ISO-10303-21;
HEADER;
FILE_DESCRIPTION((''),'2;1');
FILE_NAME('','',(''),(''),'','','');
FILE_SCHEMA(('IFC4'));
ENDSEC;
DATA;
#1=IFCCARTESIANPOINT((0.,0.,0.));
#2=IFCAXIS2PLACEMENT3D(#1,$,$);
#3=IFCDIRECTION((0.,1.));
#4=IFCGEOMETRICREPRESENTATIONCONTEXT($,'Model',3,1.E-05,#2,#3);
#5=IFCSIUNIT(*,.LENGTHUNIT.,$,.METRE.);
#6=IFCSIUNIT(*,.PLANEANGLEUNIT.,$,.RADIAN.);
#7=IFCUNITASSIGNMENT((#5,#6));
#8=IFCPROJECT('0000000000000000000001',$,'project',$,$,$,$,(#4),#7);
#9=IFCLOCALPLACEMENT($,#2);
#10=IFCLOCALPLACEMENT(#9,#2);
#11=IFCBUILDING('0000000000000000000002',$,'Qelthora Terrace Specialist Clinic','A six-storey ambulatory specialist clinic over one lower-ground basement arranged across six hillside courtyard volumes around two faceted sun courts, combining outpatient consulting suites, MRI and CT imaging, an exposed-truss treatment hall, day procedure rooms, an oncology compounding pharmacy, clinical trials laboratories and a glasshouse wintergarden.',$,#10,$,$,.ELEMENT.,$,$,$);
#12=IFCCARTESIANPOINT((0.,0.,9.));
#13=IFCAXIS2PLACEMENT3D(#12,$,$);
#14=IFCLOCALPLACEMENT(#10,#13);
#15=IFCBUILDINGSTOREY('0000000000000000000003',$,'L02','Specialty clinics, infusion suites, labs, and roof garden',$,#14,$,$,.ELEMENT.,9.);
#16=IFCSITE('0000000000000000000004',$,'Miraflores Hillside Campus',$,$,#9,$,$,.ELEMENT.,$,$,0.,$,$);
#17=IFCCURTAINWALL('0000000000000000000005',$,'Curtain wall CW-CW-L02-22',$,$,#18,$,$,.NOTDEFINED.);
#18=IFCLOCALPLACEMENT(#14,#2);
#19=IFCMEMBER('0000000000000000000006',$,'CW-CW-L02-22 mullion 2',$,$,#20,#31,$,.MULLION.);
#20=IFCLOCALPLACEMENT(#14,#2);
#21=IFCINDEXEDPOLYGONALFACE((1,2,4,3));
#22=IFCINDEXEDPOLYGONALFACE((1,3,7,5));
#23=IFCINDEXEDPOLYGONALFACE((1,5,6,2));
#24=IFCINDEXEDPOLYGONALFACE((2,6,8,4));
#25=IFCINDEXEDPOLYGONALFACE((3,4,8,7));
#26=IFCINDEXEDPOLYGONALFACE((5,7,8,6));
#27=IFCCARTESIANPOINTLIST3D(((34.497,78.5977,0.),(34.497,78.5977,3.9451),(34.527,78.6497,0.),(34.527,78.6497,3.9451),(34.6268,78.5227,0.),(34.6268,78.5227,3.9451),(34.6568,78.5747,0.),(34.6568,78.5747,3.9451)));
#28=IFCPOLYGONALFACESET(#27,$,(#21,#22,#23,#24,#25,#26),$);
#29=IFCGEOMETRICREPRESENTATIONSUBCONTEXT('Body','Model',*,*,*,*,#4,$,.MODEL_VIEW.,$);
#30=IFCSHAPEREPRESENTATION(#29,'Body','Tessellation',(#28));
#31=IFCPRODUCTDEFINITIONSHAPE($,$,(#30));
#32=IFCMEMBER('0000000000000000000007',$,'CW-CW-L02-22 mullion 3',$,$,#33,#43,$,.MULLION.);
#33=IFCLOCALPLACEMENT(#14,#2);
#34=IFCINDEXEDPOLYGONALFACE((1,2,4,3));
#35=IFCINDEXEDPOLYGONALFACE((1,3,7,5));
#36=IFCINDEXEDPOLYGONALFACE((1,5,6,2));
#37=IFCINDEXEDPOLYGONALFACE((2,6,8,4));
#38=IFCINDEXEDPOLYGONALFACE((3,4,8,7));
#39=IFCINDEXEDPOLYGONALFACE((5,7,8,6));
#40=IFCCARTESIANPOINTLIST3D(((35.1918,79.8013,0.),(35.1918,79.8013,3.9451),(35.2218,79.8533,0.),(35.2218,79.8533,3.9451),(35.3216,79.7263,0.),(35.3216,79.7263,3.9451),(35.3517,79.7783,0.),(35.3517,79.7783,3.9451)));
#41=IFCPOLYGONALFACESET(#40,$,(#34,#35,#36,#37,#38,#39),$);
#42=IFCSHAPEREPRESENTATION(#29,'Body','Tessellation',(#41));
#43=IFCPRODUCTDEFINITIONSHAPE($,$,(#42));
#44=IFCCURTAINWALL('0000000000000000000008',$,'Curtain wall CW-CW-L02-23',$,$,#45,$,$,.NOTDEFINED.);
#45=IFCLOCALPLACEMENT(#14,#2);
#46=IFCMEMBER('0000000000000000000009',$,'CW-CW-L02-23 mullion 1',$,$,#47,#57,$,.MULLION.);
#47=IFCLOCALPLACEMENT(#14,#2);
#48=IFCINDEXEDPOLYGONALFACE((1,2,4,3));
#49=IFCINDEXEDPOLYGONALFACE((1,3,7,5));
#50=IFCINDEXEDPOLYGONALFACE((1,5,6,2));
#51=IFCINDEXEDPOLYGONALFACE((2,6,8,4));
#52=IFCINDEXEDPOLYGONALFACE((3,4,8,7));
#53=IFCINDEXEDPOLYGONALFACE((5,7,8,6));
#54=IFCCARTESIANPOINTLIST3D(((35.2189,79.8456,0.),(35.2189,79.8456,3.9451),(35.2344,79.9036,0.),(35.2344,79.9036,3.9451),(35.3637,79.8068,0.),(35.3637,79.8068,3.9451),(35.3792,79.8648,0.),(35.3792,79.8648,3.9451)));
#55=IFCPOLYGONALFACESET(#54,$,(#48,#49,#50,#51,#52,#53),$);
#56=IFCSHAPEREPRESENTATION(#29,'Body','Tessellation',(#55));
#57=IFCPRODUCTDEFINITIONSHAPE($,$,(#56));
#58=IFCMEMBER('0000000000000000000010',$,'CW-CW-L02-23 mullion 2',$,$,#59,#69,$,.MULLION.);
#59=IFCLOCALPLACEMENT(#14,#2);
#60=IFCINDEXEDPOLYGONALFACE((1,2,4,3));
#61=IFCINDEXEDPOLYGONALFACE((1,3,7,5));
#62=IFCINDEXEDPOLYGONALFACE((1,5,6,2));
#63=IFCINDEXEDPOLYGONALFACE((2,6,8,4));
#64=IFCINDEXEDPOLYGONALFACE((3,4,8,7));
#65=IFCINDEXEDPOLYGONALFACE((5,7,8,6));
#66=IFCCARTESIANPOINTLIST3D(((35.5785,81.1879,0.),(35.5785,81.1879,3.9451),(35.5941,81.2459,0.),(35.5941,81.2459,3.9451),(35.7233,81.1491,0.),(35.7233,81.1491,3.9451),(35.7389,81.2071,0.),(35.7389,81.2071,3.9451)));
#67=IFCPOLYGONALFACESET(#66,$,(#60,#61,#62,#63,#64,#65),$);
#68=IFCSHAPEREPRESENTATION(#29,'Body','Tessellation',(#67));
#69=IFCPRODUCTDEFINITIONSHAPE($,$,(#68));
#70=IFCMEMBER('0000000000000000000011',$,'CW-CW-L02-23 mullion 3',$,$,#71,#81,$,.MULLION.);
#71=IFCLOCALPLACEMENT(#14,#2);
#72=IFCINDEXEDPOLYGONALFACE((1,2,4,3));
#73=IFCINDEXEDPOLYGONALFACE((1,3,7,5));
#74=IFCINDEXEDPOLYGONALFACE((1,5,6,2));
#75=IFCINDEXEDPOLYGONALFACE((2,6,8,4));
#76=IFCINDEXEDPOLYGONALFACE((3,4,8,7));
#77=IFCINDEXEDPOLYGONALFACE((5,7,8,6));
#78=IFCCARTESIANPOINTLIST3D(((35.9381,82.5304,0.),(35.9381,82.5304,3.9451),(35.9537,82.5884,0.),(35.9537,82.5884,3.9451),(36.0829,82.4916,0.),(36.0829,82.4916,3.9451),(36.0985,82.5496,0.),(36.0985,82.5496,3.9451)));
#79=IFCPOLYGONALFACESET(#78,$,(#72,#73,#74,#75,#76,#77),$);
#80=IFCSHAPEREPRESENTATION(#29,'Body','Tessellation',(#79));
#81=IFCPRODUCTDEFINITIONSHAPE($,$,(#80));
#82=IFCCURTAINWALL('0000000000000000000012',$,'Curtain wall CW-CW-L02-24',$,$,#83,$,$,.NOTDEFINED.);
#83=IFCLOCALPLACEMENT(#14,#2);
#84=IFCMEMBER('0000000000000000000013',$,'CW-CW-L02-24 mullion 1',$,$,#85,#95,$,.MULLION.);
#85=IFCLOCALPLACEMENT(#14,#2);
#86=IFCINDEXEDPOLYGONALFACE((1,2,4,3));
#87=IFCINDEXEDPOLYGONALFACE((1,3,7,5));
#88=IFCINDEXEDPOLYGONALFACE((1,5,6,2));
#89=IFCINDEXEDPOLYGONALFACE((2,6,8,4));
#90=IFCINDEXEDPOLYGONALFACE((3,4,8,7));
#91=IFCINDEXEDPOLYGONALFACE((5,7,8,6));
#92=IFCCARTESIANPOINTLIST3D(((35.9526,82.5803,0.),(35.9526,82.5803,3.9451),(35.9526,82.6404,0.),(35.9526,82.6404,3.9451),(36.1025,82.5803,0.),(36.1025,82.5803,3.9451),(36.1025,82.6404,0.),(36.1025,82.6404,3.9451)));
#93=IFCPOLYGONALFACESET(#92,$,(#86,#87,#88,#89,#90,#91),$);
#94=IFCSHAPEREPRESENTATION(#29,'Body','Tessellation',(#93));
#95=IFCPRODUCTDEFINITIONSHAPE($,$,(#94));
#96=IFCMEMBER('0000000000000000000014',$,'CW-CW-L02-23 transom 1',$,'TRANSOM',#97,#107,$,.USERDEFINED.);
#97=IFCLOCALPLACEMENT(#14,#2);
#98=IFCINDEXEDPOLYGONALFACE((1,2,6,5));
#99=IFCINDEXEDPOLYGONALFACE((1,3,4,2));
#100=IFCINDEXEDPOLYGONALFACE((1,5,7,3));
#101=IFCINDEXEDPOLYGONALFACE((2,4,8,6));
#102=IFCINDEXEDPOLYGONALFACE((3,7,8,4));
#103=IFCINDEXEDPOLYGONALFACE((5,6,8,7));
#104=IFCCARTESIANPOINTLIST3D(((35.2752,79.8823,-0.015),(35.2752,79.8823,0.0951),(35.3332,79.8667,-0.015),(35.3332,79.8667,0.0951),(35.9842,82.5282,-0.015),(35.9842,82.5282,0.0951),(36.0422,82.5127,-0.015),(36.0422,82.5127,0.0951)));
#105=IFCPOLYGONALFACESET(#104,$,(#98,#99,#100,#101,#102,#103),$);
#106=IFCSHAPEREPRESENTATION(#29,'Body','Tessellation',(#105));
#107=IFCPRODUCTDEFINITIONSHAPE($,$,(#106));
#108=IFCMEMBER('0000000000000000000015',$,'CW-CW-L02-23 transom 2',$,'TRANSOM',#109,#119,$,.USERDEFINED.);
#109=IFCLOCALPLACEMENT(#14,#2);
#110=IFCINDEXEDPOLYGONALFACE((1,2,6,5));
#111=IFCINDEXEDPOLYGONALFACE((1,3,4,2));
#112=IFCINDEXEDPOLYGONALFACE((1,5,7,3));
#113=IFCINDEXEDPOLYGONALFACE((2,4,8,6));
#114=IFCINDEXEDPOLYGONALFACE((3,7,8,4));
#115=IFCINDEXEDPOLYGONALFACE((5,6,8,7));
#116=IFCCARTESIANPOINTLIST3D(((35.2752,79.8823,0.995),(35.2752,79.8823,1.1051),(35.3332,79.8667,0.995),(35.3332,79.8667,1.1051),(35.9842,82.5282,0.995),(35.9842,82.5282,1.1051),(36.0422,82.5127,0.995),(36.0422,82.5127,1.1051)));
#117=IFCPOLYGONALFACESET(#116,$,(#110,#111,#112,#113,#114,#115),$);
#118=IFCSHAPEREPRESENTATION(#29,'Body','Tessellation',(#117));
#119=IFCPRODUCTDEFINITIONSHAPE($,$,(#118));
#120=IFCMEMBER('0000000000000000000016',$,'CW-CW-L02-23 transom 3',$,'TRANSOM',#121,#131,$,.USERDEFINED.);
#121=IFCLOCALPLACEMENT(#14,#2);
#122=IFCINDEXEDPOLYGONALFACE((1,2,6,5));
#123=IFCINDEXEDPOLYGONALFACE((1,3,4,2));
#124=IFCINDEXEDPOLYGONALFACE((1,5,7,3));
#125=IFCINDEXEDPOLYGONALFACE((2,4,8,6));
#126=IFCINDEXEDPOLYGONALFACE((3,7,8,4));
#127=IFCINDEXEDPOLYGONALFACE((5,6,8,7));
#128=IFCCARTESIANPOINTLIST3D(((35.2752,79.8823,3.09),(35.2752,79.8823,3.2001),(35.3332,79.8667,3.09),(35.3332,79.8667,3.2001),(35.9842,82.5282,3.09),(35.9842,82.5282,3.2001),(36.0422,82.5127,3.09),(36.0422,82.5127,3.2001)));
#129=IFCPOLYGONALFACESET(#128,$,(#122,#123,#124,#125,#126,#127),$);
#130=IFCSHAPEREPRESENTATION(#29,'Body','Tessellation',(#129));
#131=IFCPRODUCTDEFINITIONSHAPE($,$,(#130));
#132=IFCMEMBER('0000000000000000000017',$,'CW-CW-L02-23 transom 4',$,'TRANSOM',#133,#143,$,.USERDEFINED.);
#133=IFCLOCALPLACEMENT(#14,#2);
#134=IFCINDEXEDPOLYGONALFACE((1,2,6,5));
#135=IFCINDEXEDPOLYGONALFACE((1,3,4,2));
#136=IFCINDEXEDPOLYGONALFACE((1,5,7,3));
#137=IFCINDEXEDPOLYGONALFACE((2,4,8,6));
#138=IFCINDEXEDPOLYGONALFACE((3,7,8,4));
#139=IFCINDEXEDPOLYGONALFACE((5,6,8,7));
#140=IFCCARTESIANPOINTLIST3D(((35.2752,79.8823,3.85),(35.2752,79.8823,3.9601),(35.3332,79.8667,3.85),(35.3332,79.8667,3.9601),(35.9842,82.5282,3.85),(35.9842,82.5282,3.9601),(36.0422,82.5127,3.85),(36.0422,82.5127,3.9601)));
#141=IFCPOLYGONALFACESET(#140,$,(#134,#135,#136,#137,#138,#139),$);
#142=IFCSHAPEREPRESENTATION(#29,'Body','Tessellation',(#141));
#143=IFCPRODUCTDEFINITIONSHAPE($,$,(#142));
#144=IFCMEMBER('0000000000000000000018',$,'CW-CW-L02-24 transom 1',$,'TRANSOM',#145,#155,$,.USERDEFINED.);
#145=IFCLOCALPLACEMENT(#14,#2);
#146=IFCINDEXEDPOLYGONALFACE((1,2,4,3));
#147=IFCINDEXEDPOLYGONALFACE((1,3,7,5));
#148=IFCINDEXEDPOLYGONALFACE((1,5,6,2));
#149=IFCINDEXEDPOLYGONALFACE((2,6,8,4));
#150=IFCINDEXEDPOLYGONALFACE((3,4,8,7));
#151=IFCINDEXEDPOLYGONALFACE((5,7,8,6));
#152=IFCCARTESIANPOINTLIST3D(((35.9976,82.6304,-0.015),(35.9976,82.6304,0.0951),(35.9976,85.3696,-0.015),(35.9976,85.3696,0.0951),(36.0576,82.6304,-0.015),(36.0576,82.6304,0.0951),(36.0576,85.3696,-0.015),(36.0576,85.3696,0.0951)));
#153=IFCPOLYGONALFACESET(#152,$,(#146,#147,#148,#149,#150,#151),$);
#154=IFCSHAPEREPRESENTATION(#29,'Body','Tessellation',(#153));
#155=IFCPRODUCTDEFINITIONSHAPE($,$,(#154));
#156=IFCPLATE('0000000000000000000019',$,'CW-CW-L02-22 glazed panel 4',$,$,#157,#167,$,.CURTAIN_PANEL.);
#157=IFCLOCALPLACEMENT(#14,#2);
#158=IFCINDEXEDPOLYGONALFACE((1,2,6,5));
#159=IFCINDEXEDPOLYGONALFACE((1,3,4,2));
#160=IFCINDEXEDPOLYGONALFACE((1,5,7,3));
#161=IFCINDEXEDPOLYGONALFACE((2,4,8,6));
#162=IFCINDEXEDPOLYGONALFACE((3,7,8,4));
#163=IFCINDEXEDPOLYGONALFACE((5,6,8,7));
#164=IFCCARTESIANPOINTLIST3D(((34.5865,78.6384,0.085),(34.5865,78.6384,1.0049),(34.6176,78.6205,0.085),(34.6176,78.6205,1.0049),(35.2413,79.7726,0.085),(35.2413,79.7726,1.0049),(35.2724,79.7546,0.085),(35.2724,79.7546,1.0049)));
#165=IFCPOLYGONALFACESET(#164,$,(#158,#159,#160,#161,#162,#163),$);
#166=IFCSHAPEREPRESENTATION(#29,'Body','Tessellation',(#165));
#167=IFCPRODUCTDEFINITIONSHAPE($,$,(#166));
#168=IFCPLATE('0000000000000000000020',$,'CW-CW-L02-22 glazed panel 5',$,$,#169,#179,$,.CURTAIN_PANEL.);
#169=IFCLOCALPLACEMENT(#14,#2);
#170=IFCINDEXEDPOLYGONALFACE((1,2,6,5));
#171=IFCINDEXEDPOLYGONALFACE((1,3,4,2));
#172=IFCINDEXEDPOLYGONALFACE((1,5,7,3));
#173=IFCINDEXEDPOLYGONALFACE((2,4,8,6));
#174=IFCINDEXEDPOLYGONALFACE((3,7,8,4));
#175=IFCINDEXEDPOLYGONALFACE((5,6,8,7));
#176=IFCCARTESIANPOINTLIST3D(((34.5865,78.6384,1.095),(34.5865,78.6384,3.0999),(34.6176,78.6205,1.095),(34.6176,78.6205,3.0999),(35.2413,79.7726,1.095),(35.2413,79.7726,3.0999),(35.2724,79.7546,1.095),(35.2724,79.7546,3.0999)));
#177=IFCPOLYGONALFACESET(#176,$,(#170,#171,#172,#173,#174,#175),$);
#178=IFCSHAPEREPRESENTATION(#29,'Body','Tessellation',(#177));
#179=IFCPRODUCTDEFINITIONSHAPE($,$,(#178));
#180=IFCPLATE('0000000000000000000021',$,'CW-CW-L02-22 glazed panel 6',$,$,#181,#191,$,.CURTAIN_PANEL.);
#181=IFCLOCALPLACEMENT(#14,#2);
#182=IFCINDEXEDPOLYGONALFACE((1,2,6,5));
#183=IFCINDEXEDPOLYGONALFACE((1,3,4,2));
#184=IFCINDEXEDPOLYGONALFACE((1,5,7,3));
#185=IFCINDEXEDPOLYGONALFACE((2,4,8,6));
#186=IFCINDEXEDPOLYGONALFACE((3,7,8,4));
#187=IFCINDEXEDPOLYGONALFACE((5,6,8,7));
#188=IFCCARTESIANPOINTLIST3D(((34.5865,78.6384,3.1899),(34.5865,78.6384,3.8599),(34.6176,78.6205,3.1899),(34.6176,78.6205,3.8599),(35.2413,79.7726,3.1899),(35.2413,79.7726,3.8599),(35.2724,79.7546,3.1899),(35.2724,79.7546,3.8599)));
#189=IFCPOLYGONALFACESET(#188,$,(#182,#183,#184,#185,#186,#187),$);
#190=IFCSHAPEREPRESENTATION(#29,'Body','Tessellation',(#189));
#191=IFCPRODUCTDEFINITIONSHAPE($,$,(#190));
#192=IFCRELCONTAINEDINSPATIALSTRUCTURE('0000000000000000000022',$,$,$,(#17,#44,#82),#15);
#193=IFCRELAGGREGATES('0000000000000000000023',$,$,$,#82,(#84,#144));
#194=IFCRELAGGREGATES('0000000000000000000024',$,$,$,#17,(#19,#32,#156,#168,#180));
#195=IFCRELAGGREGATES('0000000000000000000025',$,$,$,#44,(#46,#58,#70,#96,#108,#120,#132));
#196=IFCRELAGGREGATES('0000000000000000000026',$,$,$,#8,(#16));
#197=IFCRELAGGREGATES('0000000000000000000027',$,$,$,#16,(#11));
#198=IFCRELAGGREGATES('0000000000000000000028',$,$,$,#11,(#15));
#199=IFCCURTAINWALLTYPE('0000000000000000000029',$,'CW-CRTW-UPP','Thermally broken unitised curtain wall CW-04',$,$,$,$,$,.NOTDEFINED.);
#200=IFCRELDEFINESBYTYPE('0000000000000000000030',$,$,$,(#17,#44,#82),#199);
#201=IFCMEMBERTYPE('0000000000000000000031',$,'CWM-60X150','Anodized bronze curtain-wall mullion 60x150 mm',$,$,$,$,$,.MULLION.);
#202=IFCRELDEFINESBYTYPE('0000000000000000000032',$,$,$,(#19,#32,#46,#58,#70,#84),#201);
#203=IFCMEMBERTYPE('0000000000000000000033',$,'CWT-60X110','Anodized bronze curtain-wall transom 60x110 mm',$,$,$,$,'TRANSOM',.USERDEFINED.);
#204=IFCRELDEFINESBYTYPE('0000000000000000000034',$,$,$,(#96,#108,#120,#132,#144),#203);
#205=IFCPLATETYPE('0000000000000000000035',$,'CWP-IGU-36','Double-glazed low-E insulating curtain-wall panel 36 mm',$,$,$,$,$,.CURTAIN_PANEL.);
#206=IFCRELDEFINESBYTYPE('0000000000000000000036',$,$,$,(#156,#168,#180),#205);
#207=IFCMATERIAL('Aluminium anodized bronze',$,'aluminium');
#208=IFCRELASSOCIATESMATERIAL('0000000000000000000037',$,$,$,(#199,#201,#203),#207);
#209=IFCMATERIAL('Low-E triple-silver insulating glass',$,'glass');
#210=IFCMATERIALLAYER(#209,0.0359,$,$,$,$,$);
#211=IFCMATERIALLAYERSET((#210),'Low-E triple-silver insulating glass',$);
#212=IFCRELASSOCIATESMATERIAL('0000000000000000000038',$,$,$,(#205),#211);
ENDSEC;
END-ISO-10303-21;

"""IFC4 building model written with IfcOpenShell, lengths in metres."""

from ifc_helpers import new_model, si_unit, direction, frame, origin, origin_2d, place, context, subcontext, project, spatial, rectangle, extrude, material, layer, layer_set, material_profile, profile_set, type_object, element, aggregate, save


model = new_model("IFC4")

# Units and contexts
model_context = context("Model", 3, precision=1e-05, world=origin(), true_north=direction((0.0, 1.0)))
body_context = subcontext(model_context, "Body", "Model", "MODEL_VIEW")
ifc_project = project(units=[si_unit("LENGTHUNIT", "METRE"), si_unit("PLANEANGLEUNIT", "RADIAN")], contexts=[model_context])

# Site, building, storey
site_placement = place(None, origin())
site = spatial("IfcSite", under=ifc_project, at=site_placement, Name="Miraflores Hillside Campus", CompositionType="ELEMENT", RefElevation=0.0)
building_placement = place(site_placement, origin())
building = spatial("IfcBuilding", under=site, at=building_placement, Name="Qelthora Terrace Specialist Clinic", Description="A six-storey ambulatory specialist clinic over one lower-ground basement arranged across six hillside courtyard volumes around two faceted sun courts, combining outpatient consulting suites, MRI and CT imaging, an exposed-truss treatment hall, day procedure rooms, an oncology compounding pharmacy, clinical trials laboratories and a glasshouse wintergarden.", CompositionType="ELEMENT")
storey_placement = place(building_placement, frame((0.0, 0.0, 9.0)))
storey = spatial("IfcBuildingStorey", under=building, at=storey_placement, Name="L02", Description="Specialty clinics, infusion suites, labs, and roof garden", CompositionType="ELEMENT", Elevation=9.0)

# Curtain walls, members
ifc_material_1 = material(Name="Aluminium anodized bronze", Category="aluminium")
curtain_wall_type = type_object("IfcCurtainWallType", Name="CW-CRTW-UPP", Description="Thermally broken unitised curtain wall CW-04", PredefinedType="NOTDEFINED", material=ifc_material_1)
curtain_wall_1_placement = place(storey_placement, origin())
curtain_wall_1 = element("IfcCurtainWall", 1, at=curtain_wall_1_placement, inside=storey, type_object=curtain_wall_type, Name="Curtain wall CW-CW-L02-22", PredefinedType="NOTDEFINED")
ifc_material_profile_1 = material_profile(ifc_material_1, rectangle(XDim=0.0601, YDim=0.1499, at=origin_2d()), Name="CWM60X150")
ifc_profile_set_1 = profile_set([ifc_material_profile_1], Name="Aluminium anodized bronze")
member_type_1 = type_object("IfcMemberType", Name="CWM-60X150", Description="Anodized bronze curtain-wall mullion 60x150 mm", PredefinedType="MULLION", material=ifc_profile_set_1)
member_1_placement = place(storey_placement, frame((34.5769, 78.5862, 0.0), z_axis=(0.0, 0.0, 1.0), x_axis=(0.5, 0.866026, 0.0)))
member_1 = element("IfcMember", 2, at=member_1_placement, type_object=member_type_1, Name="CW-CW-L02-22 mullion 2", PredefinedType="MULLION", context=body_context, shape_type="SweptSolid", body=[
    extrude(rectangle(XDim=0.0601, YDim=0.1499, at=origin_2d()), origin(), (0.0, 0.0, 1.0), 3.9451),
])
member_2_placement = place(storey_placement, frame((35.2717, 79.7898, 0.0), z_axis=(0.0, 0.0, 1.0), x_axis=(0.5, 0.866026, 0.0)))
member_2 = element("IfcMember", 3, at=member_2_placement, type_object=member_type_1, Name="CW-CW-L02-22 mullion 3", PredefinedType="MULLION", context=body_context, shape_type="SweptSolid", body=[
    extrude(rectangle(XDim=0.0601, YDim=0.1499, at=origin_2d()), origin(), (0.0, 0.0, 1.0), 3.9451),
])
curtain_wall_2_placement = place(storey_placement, origin())
curtain_wall_2 = element("IfcCurtainWall", 4, at=curtain_wall_2_placement, inside=storey, type_object=curtain_wall_type, Name="Curtain wall CW-CW-L02-23", PredefinedType="NOTDEFINED")
member_3_placement = place(storey_placement, frame((35.2991, 79.8552, 0.0), z_axis=(0.0, 0.0, 1.0), x_axis=(0.25882, 0.965925, 0.0)))
member_3 = element("IfcMember", 5, at=member_3_placement, type_object=member_type_1, Name="CW-CW-L02-23 mullion 1", PredefinedType="MULLION", context=body_context, shape_type="SweptSolid", body=[
    extrude(rectangle(XDim=0.0601, YDim=0.1499, at=origin_2d()), origin(), (0.0, 0.0, 1.0), 3.9451),
])
member_4_placement = place(storey_placement, frame((35.6587, 81.1975, 0.0), z_axis=(0.0, 0.0, 1.0), x_axis=(0.25882, 0.965925, 0.0)))
member_4 = element("IfcMember", 6, at=member_4_placement, type_object=member_type_1, Name="CW-CW-L02-23 mullion 2", PredefinedType="MULLION", context=body_context, shape_type="SweptSolid", body=[
    extrude(rectangle(XDim=0.0601, YDim=0.1499, at=origin_2d()), origin(), (0.0, 0.0, 1.0), 3.9451),
])
member_5_placement = place(storey_placement, frame((36.0183, 82.54, 0.0), z_axis=(0.0, 0.0, 1.0), x_axis=(0.25882, 0.965925, 0.0)))
member_5 = element("IfcMember", 7, at=member_5_placement, type_object=member_type_1, Name="CW-CW-L02-23 mullion 3", PredefinedType="MULLION", context=body_context, shape_type="SweptSolid", body=[
    extrude(rectangle(XDim=0.0601, YDim=0.1499, at=origin_2d()), origin(), (0.0, 0.0, 1.0), 3.9451),
])

# Curtain wall, member
curtain_wall_3_placement = place(storey_placement, origin())
curtain_wall_3 = element("IfcCurtainWall", 8, at=curtain_wall_3_placement, inside=storey, type_object=curtain_wall_type, Name="Curtain wall CW-CW-L02-24", PredefinedType="NOTDEFINED")
member_6_placement = place(storey_placement, frame((36.0276, 82.6104, 0.0), z_axis=(0.0, 0.0, 1.0), x_axis=(0.0, 1.0, 0.0)))
member_6 = element("IfcMember", 9, at=member_6_placement, type_object=member_type_1, Name="CW-CW-L02-24 mullion 1", PredefinedType="MULLION", context=body_context, shape_type="SweptSolid", body=[
    extrude(rectangle(XDim=0.0601, YDim=0.1499, at=origin_2d()), origin(), (0.0, 0.0, 1.0), 3.9451),
])

# Members
ifc_material_profile_2 = material_profile(ifc_material_1, rectangle(XDim=0.0601, YDim=0.1101, at=origin_2d()), Name="CWT60X110")
ifc_profile_set_2 = profile_set([ifc_material_profile_2], Name="Aluminium anodized bronze")
member_type_2 = type_object("IfcMemberType", Name="CWT-60X110", Description="Anodized bronze curtain-wall transom 60x110 mm", ElementType="TRANSOM", PredefinedType="USERDEFINED", material=ifc_profile_set_2)
member_7_placement = place(storey_placement, frame((35.3042, 79.8745, 0.04), z_axis=(0.258816, 0.965927, 0.0), x_axis=(-0.965927, 0.258816, 0.0)))
member_7 = element("IfcMember", 10, at=member_7_placement, type_object=member_type_2, Name="CW-CW-L02-23 transom 1", ObjectType="TRANSOM", PredefinedType="USERDEFINED", context=body_context, shape_type="SweptSolid", body=[
    extrude(rectangle(XDim=0.0601, YDim=0.1101, at=origin_2d()), origin(), (0.0, 0.0, 1.0), 2.7393),
])
member_8_placement = place(storey_placement, frame((35.3042, 79.8745, 1.05), z_axis=(0.258816, 0.965927, 0.0), x_axis=(-0.965927, 0.258816, 0.0)))
member_8 = element("IfcMember", 11, at=member_8_placement, type_object=member_type_2, Name="CW-CW-L02-23 transom 2", ObjectType="TRANSOM", PredefinedType="USERDEFINED", context=body_context, shape_type="SweptSolid", body=[
    extrude(rectangle(XDim=0.0601, YDim=0.1101, at=origin_2d()), origin(), (0.0, 0.0, 1.0), 2.7393),
])
member_9_placement = place(storey_placement, frame((35.3042, 79.8745, 3.145), z_axis=(0.258816, 0.965927, 0.0), x_axis=(-0.965927, 0.258816, 0.0)))
member_9 = element("IfcMember", 12, at=member_9_placement, type_object=member_type_2, Name="CW-CW-L02-23 transom 3", ObjectType="TRANSOM", PredefinedType="USERDEFINED", context=body_context, shape_type="SweptSolid", body=[
    extrude(rectangle(XDim=0.0601, YDim=0.1101, at=origin_2d()), origin(), (0.0, 0.0, 1.0), 2.7393),
])
member_10_placement = place(storey_placement, frame((35.3042, 79.8745, 3.905), z_axis=(0.258816, 0.965927, 0.0), x_axis=(-0.965927, 0.258816, 0.0)))
member_10 = element("IfcMember", 13, at=member_10_placement, type_object=member_type_2, Name="CW-CW-L02-23 transom 4", ObjectType="TRANSOM", PredefinedType="USERDEFINED", context=body_context, shape_type="SweptSolid", body=[
    extrude(rectangle(XDim=0.0601, YDim=0.1101, at=origin_2d()), origin(), (0.0, 0.0, 1.0), 2.7393),
])
member_11_placement = place(storey_placement, frame((36.0276, 82.6304, 0.04), z_axis=(0.0, 1.0, 0.0), x_axis=(-1.0, 0.0, 0.0)))
member_11 = element("IfcMember", 14, at=member_11_placement, type_object=member_type_2, Name="CW-CW-L02-24 transom 1", ObjectType="TRANSOM", PredefinedType="USERDEFINED", context=body_context, shape_type="SweptSolid", body=[
    extrude(rectangle(XDim=0.0601, YDim=0.1101, at=origin_2d()), origin(), (0.0, 0.0, 1.0), 2.7393),
])
aggregate(curtain_wall_3, [member_6, member_11])

# Plates
ifc_material_2 = material(Name="Low-E triple-silver insulating glass", Category="glass")
ifc_layer = layer(ifc_material_2, 0.0359)
ifc_layer_set = layer_set([ifc_layer], Name="Low-E triple-silver insulating glass")
plate_type = type_object("IfcPlateType", Name="CWP-IGU-36", Description="Double-glazed low-E insulating curtain-wall panel 36 mm", PredefinedType="CURTAIN_PANEL", material=ifc_layer_set)
plate_1_placement = place(storey_placement, frame((34.9294, 79.1965, 0.085), z_axis=(0.0, 0.0, 1.0), x_axis=(0.5, 0.866025, 0.0)))
plate_1 = element("IfcPlate", 15, at=plate_1_placement, type_object=plate_type, Name="CW-CW-L02-22 glazed panel 4", PredefinedType="CURTAIN_PANEL", context=body_context, shape_type="SweptSolid", body=[
    extrude(rectangle(XDim=1.3096, YDim=0.0359, at=origin_2d()), origin(), (0.0, 0.0, 1.0), 0.9199),
])
plate_2_placement = place(storey_placement, frame((34.9294, 79.1965, 1.095), z_axis=(0.0, 0.0, 1.0), x_axis=(0.5, 0.866025, 0.0)))
plate_2 = element("IfcPlate", 16, at=plate_2_placement, type_object=plate_type, Name="CW-CW-L02-22 glazed panel 5", PredefinedType="CURTAIN_PANEL", context=body_context, shape_type="SweptSolid", body=[
    extrude(rectangle(XDim=1.3096, YDim=0.0359, at=origin_2d()), origin(), (0.0, 0.0, 1.0), 2.0049),
])
plate_3_placement = place(storey_placement, frame((34.9294, 79.1965, 3.1899), z_axis=(0.0, 0.0, 1.0), x_axis=(0.5, 0.866025, 0.0)))
plate_3 = element("IfcPlate", 17, at=plate_3_placement, type_object=plate_type, Name="CW-CW-L02-22 glazed panel 6", PredefinedType="CURTAIN_PANEL", context=body_context, shape_type="SweptSolid", body=[
    extrude(rectangle(XDim=1.3096, YDim=0.0359, at=origin_2d()), origin(), (0.0, 0.0, 1.0), 0.6699),
])
aggregate(curtain_wall_1, [member_1, member_2, plate_1, plate_2, plate_3])
aggregate(curtain_wall_2, [member_3, member_4, member_5, member_7, member_8, member_9, member_10])

save(model, "model.ifc")
